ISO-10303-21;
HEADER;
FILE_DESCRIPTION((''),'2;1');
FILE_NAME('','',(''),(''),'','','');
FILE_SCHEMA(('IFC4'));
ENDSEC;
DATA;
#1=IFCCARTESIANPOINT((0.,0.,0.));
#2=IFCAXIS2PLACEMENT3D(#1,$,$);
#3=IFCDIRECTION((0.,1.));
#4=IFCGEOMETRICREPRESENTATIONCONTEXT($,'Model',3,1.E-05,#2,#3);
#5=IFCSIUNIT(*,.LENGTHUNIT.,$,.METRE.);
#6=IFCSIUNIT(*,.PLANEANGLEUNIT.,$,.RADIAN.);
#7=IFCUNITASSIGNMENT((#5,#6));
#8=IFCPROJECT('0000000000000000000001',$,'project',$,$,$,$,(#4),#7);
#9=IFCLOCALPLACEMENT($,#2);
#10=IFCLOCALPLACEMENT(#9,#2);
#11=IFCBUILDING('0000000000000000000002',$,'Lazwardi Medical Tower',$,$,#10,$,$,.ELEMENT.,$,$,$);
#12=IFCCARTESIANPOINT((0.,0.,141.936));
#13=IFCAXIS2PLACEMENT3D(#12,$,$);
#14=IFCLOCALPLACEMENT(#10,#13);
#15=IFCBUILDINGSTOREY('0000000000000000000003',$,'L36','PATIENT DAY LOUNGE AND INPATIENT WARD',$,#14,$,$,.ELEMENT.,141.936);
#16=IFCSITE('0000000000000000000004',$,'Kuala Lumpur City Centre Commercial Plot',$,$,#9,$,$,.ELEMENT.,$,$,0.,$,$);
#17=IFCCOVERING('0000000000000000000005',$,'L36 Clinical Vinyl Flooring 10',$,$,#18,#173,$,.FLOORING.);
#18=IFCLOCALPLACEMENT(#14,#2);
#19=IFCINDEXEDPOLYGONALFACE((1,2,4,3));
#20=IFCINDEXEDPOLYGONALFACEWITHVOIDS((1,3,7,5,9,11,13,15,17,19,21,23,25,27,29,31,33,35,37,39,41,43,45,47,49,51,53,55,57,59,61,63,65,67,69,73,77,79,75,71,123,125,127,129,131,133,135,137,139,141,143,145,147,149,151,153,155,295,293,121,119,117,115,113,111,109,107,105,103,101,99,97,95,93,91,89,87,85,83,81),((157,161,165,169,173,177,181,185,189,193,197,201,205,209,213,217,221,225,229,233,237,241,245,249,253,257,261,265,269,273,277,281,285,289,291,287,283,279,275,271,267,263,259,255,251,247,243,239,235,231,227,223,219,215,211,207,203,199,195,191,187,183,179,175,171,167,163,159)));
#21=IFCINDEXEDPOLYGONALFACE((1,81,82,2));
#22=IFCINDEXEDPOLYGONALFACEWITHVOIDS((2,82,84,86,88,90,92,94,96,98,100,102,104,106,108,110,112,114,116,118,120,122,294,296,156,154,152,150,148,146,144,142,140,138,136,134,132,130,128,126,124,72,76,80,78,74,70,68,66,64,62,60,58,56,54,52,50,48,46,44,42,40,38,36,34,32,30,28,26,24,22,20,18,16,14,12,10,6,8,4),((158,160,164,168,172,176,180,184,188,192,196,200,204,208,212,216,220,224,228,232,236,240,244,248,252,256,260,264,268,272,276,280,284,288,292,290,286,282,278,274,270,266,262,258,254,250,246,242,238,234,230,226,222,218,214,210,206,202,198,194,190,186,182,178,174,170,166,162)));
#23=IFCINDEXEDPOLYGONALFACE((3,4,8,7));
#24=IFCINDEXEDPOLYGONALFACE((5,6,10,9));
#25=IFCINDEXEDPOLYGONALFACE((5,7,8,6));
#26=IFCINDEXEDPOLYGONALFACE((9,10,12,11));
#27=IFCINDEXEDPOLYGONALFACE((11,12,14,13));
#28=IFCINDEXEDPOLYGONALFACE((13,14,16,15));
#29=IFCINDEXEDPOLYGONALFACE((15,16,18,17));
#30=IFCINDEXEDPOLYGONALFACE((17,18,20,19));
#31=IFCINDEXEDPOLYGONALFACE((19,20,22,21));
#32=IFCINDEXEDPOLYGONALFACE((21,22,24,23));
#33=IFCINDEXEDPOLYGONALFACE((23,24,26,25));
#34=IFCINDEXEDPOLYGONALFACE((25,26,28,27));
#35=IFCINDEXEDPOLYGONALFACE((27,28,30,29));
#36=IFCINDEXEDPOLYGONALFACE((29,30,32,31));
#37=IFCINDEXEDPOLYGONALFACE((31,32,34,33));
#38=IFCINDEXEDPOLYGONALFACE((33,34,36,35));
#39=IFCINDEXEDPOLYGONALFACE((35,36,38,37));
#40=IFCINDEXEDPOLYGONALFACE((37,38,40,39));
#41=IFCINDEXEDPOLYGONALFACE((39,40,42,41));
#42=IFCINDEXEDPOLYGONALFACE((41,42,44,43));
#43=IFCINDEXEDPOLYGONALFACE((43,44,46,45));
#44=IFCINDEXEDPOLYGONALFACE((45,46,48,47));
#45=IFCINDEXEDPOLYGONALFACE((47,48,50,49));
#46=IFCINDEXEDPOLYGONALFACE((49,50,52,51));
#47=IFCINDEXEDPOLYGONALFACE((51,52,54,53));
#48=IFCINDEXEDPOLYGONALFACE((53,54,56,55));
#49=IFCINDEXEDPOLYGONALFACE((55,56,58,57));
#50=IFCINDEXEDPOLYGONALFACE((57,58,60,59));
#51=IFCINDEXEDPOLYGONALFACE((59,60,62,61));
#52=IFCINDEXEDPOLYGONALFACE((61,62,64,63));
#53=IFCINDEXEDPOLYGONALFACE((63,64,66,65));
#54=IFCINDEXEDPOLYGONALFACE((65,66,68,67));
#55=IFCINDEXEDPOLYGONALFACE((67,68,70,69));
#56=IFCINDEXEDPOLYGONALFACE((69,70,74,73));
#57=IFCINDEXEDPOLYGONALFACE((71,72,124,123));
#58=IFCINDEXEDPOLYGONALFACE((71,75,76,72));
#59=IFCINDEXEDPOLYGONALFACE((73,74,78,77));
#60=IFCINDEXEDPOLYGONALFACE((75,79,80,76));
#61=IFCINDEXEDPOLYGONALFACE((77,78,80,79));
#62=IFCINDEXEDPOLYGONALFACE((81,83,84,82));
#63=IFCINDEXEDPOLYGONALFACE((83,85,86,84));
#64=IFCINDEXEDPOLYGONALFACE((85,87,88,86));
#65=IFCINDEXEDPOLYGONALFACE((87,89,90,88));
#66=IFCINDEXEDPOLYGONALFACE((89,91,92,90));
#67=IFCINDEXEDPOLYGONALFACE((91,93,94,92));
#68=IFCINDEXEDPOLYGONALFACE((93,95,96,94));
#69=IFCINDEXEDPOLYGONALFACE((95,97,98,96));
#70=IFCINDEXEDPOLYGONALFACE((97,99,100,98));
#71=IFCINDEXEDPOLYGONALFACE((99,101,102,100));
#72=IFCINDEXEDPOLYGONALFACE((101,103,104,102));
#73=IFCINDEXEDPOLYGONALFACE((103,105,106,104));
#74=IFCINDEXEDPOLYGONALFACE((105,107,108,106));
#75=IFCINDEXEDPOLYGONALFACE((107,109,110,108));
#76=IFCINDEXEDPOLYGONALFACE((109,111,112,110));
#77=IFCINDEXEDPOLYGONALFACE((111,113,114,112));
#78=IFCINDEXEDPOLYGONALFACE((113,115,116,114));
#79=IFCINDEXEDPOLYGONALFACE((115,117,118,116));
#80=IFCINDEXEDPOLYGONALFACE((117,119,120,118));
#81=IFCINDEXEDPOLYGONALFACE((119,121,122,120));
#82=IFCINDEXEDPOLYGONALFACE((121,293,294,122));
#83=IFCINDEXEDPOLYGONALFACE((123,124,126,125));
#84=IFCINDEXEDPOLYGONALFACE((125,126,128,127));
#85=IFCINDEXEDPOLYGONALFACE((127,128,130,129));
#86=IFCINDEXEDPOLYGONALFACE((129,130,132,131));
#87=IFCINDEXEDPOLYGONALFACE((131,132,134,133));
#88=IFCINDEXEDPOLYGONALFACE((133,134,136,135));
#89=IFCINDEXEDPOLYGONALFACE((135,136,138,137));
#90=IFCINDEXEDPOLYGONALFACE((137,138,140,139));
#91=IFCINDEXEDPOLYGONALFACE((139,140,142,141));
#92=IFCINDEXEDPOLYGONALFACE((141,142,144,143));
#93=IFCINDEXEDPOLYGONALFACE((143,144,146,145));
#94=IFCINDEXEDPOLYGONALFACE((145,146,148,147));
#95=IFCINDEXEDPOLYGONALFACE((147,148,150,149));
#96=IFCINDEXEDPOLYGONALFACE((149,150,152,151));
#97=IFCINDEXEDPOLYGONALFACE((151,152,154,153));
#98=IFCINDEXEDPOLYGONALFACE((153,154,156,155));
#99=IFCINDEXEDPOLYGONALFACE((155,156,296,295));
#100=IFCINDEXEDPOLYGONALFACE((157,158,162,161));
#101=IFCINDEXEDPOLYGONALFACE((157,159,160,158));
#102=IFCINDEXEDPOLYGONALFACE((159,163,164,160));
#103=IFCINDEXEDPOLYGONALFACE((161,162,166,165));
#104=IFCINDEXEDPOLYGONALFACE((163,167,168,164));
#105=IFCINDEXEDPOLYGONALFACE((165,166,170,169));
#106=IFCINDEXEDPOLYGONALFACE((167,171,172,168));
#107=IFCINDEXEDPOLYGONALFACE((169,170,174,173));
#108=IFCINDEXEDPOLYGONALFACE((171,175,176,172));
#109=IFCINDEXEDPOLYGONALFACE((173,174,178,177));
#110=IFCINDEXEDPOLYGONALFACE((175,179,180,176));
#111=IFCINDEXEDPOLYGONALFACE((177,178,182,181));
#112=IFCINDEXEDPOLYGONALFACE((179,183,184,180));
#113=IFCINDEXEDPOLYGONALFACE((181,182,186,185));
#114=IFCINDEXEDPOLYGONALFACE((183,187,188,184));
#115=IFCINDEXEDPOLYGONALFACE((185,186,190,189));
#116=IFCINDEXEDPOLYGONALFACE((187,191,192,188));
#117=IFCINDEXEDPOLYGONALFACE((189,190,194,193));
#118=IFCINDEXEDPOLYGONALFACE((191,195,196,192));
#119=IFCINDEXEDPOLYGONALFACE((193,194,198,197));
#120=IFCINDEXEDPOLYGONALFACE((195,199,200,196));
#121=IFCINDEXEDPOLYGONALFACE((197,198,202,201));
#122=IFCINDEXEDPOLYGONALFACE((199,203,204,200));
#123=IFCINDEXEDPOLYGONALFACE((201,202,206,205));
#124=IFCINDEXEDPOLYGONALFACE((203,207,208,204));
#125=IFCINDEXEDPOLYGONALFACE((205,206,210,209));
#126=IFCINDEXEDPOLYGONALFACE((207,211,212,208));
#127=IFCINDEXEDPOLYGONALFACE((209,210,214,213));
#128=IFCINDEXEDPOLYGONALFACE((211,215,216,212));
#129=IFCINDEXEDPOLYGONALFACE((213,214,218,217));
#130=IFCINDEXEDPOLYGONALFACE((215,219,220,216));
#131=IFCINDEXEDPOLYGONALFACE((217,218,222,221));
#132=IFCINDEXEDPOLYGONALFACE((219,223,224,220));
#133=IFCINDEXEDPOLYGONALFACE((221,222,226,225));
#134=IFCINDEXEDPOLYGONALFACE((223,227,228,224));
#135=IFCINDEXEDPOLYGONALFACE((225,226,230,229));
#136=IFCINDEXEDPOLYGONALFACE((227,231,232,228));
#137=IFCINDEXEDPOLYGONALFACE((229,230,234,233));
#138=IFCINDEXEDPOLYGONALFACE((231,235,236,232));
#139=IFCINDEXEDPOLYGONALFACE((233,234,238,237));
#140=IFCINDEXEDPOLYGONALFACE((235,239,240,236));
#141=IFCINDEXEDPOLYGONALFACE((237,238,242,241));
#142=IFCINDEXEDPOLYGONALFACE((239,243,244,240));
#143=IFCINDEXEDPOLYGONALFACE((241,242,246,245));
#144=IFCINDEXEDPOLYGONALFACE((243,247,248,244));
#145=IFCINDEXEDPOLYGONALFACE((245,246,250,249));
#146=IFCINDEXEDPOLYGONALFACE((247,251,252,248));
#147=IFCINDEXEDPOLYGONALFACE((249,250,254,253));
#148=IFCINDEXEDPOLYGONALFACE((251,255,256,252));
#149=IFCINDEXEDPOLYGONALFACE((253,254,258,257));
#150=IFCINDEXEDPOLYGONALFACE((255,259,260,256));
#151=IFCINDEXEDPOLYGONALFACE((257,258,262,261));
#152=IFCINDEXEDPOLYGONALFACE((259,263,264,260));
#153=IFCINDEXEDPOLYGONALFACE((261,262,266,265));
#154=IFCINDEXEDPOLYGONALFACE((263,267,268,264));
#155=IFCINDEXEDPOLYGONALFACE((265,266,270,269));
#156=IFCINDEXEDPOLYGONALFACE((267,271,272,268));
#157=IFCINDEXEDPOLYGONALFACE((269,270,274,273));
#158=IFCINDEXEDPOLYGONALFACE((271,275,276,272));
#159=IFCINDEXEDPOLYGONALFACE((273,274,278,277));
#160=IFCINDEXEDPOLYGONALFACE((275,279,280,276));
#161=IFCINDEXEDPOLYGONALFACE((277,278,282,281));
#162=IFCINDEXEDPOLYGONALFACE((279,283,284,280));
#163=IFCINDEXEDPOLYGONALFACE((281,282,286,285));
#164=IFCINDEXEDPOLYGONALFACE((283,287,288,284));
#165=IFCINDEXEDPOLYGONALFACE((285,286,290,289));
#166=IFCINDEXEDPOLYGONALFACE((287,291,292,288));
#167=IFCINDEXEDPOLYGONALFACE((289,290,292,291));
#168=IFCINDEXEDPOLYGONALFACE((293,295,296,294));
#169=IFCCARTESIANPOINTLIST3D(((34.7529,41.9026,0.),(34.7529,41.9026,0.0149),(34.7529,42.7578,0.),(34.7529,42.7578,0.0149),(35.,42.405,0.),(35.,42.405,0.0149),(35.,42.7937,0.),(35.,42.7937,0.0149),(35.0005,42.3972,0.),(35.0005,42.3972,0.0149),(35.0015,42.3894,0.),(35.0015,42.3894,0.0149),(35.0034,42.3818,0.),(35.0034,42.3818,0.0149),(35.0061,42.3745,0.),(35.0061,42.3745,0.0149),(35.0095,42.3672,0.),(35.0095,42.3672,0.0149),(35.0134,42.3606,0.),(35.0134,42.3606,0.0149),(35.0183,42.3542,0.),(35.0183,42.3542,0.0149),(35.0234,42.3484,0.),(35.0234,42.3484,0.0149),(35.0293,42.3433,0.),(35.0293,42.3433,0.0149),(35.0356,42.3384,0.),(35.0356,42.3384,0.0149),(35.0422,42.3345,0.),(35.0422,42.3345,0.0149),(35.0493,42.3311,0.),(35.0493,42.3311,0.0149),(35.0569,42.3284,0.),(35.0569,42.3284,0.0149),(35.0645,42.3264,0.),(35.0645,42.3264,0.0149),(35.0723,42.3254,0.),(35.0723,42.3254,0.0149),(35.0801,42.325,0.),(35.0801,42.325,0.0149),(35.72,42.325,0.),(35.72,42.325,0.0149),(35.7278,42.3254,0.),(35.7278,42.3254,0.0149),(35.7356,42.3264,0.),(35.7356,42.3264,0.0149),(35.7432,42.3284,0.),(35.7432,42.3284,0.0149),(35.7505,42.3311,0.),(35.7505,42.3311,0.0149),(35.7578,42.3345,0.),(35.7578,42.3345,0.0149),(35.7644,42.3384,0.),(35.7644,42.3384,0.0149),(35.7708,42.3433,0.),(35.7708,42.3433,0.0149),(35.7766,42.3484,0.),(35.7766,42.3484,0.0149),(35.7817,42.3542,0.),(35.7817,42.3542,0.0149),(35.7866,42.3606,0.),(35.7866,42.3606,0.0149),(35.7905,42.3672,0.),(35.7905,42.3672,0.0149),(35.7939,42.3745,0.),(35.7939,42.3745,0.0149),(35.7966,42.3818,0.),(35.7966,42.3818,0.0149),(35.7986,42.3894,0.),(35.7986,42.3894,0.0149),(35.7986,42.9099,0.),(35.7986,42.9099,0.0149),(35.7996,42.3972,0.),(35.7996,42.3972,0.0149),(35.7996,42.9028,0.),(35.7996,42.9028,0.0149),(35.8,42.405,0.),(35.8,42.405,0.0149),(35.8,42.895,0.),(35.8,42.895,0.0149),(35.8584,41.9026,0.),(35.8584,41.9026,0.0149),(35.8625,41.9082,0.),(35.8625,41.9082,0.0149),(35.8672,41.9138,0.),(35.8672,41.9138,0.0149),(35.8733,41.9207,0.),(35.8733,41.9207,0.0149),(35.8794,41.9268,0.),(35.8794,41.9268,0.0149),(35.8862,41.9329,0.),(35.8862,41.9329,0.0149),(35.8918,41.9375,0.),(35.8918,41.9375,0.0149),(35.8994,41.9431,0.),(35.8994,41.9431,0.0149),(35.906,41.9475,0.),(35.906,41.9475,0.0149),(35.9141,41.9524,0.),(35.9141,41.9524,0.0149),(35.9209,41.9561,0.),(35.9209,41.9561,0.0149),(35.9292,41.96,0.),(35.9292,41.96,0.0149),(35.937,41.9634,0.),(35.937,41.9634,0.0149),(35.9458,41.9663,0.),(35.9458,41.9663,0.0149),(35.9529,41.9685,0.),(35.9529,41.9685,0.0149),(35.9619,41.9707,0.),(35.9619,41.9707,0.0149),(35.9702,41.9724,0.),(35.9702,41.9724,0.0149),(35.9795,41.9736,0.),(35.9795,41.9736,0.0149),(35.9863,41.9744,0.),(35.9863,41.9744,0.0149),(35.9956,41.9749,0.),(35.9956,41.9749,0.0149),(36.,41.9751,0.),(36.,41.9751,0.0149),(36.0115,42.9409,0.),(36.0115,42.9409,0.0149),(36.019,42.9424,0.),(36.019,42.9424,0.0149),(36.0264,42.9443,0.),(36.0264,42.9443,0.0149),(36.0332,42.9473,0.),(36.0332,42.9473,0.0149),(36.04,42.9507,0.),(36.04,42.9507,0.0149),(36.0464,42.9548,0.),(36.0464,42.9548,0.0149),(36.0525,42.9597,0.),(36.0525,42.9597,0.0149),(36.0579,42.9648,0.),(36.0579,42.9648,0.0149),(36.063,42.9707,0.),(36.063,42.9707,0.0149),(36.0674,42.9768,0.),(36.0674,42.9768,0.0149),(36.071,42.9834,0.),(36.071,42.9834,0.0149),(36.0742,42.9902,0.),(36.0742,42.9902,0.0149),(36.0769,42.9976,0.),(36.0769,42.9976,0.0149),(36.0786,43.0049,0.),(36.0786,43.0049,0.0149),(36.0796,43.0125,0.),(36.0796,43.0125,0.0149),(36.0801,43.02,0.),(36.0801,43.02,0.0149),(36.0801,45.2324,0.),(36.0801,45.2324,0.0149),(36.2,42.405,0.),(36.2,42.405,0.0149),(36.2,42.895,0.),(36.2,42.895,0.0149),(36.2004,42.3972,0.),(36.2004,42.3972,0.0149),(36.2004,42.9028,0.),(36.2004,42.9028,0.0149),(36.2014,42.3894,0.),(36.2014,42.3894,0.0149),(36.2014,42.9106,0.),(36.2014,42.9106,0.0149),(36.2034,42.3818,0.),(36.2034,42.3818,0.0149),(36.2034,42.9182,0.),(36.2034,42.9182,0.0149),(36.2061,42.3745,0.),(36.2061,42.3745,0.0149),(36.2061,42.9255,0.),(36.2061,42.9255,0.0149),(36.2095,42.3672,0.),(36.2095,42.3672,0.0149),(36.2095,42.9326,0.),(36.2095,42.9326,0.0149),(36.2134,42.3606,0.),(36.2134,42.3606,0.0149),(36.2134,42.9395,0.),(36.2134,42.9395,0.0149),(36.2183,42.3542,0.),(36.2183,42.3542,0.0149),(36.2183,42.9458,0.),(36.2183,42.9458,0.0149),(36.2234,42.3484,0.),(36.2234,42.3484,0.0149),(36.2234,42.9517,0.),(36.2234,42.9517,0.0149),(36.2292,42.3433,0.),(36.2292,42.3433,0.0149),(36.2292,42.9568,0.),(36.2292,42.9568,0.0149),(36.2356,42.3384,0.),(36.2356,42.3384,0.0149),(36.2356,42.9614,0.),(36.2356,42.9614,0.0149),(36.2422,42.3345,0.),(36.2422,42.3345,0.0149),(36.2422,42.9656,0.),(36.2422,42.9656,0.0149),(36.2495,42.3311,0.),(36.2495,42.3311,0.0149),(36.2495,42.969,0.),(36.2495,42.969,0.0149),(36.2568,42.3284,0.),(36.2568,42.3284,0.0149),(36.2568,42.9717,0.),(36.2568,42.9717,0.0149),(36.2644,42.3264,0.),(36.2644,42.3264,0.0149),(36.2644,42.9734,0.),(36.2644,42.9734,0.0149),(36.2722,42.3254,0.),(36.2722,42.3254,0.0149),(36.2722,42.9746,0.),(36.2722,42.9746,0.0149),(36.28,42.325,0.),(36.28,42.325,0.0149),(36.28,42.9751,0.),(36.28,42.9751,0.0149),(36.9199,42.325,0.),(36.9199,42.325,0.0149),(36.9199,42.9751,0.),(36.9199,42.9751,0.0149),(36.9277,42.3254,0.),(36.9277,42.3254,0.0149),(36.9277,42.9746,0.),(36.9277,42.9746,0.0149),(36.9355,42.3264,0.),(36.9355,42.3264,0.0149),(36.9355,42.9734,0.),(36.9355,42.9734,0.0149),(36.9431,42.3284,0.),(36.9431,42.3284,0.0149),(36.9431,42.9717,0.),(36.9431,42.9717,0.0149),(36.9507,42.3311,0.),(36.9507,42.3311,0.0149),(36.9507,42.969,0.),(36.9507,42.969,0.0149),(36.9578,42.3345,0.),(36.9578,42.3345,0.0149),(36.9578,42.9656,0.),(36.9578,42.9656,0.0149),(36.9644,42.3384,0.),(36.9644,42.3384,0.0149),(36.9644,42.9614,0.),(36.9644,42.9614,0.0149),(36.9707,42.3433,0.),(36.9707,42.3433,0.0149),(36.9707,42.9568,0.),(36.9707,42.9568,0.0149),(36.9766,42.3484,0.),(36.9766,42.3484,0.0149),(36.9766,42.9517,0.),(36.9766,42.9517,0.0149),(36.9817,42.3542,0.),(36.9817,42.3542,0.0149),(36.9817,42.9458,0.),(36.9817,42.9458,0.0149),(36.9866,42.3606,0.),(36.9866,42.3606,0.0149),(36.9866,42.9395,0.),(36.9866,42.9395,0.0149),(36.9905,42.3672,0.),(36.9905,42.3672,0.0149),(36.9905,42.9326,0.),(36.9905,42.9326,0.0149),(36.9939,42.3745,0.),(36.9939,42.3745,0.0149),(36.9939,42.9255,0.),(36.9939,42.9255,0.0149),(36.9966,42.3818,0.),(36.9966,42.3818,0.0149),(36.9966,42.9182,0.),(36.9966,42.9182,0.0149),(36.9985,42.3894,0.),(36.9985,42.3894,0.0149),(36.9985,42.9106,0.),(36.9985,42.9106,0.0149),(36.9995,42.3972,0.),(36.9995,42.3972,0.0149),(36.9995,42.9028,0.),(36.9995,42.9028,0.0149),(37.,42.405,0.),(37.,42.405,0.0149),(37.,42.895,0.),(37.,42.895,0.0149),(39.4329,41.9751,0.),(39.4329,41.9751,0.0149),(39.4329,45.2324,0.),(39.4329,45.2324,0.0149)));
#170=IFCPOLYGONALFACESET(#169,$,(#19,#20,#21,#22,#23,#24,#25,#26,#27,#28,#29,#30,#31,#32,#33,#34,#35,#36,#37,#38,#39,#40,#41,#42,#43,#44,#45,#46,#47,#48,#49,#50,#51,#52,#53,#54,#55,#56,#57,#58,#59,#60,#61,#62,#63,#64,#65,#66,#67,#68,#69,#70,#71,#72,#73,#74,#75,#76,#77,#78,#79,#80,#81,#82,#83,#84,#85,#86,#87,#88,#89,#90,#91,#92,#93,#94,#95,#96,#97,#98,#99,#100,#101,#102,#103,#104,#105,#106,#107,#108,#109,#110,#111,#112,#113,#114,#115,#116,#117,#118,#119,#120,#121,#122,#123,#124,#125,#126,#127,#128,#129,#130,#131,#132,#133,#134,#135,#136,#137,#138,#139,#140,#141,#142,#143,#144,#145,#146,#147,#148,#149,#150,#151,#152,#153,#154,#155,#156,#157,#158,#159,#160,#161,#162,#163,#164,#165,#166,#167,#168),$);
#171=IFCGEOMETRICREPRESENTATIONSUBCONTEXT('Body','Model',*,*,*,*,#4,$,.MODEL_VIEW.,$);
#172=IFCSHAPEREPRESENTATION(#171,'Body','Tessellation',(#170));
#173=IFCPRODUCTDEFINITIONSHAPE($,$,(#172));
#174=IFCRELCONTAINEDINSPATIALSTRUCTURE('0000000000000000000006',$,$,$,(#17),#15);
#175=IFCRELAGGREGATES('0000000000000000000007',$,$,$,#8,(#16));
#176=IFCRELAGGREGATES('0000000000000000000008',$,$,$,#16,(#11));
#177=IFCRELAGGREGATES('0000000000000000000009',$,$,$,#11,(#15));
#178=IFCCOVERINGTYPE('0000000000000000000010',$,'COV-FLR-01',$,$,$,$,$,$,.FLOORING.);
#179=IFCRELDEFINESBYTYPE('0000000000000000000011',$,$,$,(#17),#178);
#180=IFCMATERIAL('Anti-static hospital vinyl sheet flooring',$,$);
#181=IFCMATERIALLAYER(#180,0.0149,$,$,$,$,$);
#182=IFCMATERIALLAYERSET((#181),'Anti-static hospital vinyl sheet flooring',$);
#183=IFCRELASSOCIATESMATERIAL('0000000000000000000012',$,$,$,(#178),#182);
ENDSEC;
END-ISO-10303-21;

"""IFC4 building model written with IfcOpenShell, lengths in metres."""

from ifc_helpers import new_model, si_unit, direction, frame, origin, place, context, subcontext, project, spatial, polyline, outline, extrude, material, layer, layer_set, type_object, element, save


model = new_model("IFC4")

# Units and contexts
model_context = context("Model", 3, precision=1e-05, world=origin(), true_north=direction((0.0, 1.0)))
body_context = subcontext(model_context, "Body", "Model", "MODEL_VIEW")
ifc_project = project(units=[si_unit("LENGTHUNIT", "METRE"), si_unit("PLANEANGLEUNIT", "RADIAN")], contexts=[model_context])

# Site, building, storey
site_placement = place(None, origin())
site = spatial("IfcSite", under=ifc_project, at=site_placement, Name="Kuala Lumpur City Centre Commercial Plot", CompositionType="ELEMENT", RefElevation=0.0)
building_placement = place(site_placement, origin())
building = spatial("IfcBuilding", under=site, at=building_placement, Name="Lazwardi Medical Tower", CompositionType="ELEMENT")
storey_placement = place(building_placement, frame((0.0, 0.0, 141.936)))
storey = spatial("IfcBuildingStorey", under=building, at=storey_placement, Name="L36", Description="PATIENT DAY LOUNGE AND INPATIENT WARD", CompositionType="ELEMENT", Elevation=141.936)

# Covering
ifc_material_1 = material(Name="Anti-static hospital vinyl sheet flooring")
ifc_layer_1 = layer(ifc_material_1, 0.0149)
ifc_layer_set_1 = layer_set([ifc_layer_1], Name="Anti-static hospital vinyl sheet flooring")
covering_type_1 = type_object("IfcCoveringType", Name="COV-FLR-01", PredefinedType="FLOORING", material=ifc_layer_set_1)
covering_1_placement = place(storey_placement, origin())
element("IfcCovering", 1, at=covering_1_placement, inside=storey, type_object=covering_type_1, Name="L36 Clinical Vinyl Flooring 10", PredefinedType="FLOORING", context=body_context, shape_type="SweptSolid", body=[
    extrude(outline(polyline([(36.0801, 45.2324), (36.0801, 43.02), (36.0796, 43.0125), (36.0786, 43.0049), (36.0769, 42.9976), (36.0742, 42.9902), (36.071, 42.9834), (36.0674, 42.9768), (36.063, 42.9707), (36.0579, 42.9648), (36.0525, 42.9597), (36.0464, 42.9548), (36.04, 42.9507), (36.0332, 42.9473), (36.0264, 42.9443), (36.019, 42.9424), (36.0115, 42.9409), (35.7986, 42.9099), (35.7996, 42.9028), (35.8, 42.895), (35.8, 42.405), (35.7996, 42.3972), (35.7986, 42.3894), (35.7966, 42.3818), (35.7939, 42.3745), (35.7905, 42.3672), (35.7866, 42.3606), (35.7817, 42.3542), (35.7766, 42.3484), (35.7708, 42.3433), (35.7644, 42.3384), (35.7578, 42.3345), (35.7505, 42.3311), (35.7432, 42.3284), (35.7356, 42.3264), (35.7278, 42.3254), (35.72, 42.325), (35.0801, 42.325), (35.0723, 42.3254), (35.0645, 42.3264), (35.0569, 42.3284), (35.0493, 42.3311), (35.0422, 42.3345), (35.0356, 42.3384), (35.0293, 42.3433), (35.0234, 42.3484), (35.0183, 42.3542), (35.0134, 42.3606), (35.0095, 42.3672), (35.0061, 42.3745), (35.0034, 42.3818), (35.0015, 42.3894), (35.0005, 42.3972), (35.0, 42.405), (35.0, 42.7937), (34.7529, 42.7578), (34.7529, 41.9026), (35.8584, 41.9026), (35.8625, 41.9082), (35.8672, 41.9138), (35.8733, 41.9207), (35.8794, 41.9268), (35.8862, 41.9329), (35.8918, 41.9375), (35.8994, 41.9431), (35.906, 41.9475), (35.9141, 41.9524), (35.9209, 41.9561), (35.9292, 41.96), (35.937, 41.9634), (35.9458, 41.9663), (35.9529, 41.9685), (35.9619, 41.9707), (35.9702, 41.9724), (35.9795, 41.9736), (35.9863, 41.9744), (35.9956, 41.9749), (36.0, 41.9751), (39.4329, 41.9751), (39.4329, 45.2324), (36.0801, 45.2324)]), holes=[polyline([(36.9431, 42.3284), (36.9355, 42.3264), (36.9277, 42.3254), (36.9199, 42.325), (36.28, 42.325), (36.2722, 42.3254), (36.2644, 42.3264), (36.2568, 42.3284), (36.2495, 42.3311), (36.2422, 42.3345), (36.2356, 42.3384), (36.2292, 42.3433), (36.2234, 42.3484), (36.2183, 42.3542), (36.2134, 42.3606), (36.2095, 42.3672), (36.2061, 42.3745), (36.2034, 42.3818), (36.2014, 42.3894), (36.2004, 42.3972), (36.2, 42.405), (36.2, 42.895), (36.2004, 42.9028), (36.2014, 42.9106), (36.2034, 42.9182), (36.2061, 42.9255), (36.2095, 42.9326), (36.2134, 42.9395), (36.2183, 42.9458), (36.2234, 42.9517), (36.2292, 42.9568), (36.2356, 42.9614), (36.2422, 42.9656), (36.2495, 42.969), (36.2568, 42.9717), (36.2644, 42.9734), (36.2722, 42.9746), (36.28, 42.9751), (36.9199, 42.9751), (36.9277, 42.9746), (36.9355, 42.9734), (36.9431, 42.9717), (36.9507, 42.969), (36.9578, 42.9656), (36.9644, 42.9614), (36.9707, 42.9568), (36.9766, 42.9517), (36.9817, 42.9458), (36.9866, 42.9395), (36.9905, 42.9326), (36.9939, 42.9255), (36.9966, 42.9182), (36.9985, 42.9106), (36.9995, 42.9028), (37.0, 42.895), (37.0, 42.405), (36.9995, 42.3972), (36.9985, 42.3894), (36.9966, 42.3818), (36.9939, 42.3745), (36.9905, 42.3672), (36.9866, 42.3606), (36.9817, 42.3542), (36.9766, 42.3484), (36.9707, 42.3433), (36.9644, 42.3384), (36.9578, 42.3345), (36.9507, 42.3311), (36.9431, 42.3284)])]), origin(), (0.0, 0.0, 1.0), 0.0149),
])

save(model, "model.ifc")
